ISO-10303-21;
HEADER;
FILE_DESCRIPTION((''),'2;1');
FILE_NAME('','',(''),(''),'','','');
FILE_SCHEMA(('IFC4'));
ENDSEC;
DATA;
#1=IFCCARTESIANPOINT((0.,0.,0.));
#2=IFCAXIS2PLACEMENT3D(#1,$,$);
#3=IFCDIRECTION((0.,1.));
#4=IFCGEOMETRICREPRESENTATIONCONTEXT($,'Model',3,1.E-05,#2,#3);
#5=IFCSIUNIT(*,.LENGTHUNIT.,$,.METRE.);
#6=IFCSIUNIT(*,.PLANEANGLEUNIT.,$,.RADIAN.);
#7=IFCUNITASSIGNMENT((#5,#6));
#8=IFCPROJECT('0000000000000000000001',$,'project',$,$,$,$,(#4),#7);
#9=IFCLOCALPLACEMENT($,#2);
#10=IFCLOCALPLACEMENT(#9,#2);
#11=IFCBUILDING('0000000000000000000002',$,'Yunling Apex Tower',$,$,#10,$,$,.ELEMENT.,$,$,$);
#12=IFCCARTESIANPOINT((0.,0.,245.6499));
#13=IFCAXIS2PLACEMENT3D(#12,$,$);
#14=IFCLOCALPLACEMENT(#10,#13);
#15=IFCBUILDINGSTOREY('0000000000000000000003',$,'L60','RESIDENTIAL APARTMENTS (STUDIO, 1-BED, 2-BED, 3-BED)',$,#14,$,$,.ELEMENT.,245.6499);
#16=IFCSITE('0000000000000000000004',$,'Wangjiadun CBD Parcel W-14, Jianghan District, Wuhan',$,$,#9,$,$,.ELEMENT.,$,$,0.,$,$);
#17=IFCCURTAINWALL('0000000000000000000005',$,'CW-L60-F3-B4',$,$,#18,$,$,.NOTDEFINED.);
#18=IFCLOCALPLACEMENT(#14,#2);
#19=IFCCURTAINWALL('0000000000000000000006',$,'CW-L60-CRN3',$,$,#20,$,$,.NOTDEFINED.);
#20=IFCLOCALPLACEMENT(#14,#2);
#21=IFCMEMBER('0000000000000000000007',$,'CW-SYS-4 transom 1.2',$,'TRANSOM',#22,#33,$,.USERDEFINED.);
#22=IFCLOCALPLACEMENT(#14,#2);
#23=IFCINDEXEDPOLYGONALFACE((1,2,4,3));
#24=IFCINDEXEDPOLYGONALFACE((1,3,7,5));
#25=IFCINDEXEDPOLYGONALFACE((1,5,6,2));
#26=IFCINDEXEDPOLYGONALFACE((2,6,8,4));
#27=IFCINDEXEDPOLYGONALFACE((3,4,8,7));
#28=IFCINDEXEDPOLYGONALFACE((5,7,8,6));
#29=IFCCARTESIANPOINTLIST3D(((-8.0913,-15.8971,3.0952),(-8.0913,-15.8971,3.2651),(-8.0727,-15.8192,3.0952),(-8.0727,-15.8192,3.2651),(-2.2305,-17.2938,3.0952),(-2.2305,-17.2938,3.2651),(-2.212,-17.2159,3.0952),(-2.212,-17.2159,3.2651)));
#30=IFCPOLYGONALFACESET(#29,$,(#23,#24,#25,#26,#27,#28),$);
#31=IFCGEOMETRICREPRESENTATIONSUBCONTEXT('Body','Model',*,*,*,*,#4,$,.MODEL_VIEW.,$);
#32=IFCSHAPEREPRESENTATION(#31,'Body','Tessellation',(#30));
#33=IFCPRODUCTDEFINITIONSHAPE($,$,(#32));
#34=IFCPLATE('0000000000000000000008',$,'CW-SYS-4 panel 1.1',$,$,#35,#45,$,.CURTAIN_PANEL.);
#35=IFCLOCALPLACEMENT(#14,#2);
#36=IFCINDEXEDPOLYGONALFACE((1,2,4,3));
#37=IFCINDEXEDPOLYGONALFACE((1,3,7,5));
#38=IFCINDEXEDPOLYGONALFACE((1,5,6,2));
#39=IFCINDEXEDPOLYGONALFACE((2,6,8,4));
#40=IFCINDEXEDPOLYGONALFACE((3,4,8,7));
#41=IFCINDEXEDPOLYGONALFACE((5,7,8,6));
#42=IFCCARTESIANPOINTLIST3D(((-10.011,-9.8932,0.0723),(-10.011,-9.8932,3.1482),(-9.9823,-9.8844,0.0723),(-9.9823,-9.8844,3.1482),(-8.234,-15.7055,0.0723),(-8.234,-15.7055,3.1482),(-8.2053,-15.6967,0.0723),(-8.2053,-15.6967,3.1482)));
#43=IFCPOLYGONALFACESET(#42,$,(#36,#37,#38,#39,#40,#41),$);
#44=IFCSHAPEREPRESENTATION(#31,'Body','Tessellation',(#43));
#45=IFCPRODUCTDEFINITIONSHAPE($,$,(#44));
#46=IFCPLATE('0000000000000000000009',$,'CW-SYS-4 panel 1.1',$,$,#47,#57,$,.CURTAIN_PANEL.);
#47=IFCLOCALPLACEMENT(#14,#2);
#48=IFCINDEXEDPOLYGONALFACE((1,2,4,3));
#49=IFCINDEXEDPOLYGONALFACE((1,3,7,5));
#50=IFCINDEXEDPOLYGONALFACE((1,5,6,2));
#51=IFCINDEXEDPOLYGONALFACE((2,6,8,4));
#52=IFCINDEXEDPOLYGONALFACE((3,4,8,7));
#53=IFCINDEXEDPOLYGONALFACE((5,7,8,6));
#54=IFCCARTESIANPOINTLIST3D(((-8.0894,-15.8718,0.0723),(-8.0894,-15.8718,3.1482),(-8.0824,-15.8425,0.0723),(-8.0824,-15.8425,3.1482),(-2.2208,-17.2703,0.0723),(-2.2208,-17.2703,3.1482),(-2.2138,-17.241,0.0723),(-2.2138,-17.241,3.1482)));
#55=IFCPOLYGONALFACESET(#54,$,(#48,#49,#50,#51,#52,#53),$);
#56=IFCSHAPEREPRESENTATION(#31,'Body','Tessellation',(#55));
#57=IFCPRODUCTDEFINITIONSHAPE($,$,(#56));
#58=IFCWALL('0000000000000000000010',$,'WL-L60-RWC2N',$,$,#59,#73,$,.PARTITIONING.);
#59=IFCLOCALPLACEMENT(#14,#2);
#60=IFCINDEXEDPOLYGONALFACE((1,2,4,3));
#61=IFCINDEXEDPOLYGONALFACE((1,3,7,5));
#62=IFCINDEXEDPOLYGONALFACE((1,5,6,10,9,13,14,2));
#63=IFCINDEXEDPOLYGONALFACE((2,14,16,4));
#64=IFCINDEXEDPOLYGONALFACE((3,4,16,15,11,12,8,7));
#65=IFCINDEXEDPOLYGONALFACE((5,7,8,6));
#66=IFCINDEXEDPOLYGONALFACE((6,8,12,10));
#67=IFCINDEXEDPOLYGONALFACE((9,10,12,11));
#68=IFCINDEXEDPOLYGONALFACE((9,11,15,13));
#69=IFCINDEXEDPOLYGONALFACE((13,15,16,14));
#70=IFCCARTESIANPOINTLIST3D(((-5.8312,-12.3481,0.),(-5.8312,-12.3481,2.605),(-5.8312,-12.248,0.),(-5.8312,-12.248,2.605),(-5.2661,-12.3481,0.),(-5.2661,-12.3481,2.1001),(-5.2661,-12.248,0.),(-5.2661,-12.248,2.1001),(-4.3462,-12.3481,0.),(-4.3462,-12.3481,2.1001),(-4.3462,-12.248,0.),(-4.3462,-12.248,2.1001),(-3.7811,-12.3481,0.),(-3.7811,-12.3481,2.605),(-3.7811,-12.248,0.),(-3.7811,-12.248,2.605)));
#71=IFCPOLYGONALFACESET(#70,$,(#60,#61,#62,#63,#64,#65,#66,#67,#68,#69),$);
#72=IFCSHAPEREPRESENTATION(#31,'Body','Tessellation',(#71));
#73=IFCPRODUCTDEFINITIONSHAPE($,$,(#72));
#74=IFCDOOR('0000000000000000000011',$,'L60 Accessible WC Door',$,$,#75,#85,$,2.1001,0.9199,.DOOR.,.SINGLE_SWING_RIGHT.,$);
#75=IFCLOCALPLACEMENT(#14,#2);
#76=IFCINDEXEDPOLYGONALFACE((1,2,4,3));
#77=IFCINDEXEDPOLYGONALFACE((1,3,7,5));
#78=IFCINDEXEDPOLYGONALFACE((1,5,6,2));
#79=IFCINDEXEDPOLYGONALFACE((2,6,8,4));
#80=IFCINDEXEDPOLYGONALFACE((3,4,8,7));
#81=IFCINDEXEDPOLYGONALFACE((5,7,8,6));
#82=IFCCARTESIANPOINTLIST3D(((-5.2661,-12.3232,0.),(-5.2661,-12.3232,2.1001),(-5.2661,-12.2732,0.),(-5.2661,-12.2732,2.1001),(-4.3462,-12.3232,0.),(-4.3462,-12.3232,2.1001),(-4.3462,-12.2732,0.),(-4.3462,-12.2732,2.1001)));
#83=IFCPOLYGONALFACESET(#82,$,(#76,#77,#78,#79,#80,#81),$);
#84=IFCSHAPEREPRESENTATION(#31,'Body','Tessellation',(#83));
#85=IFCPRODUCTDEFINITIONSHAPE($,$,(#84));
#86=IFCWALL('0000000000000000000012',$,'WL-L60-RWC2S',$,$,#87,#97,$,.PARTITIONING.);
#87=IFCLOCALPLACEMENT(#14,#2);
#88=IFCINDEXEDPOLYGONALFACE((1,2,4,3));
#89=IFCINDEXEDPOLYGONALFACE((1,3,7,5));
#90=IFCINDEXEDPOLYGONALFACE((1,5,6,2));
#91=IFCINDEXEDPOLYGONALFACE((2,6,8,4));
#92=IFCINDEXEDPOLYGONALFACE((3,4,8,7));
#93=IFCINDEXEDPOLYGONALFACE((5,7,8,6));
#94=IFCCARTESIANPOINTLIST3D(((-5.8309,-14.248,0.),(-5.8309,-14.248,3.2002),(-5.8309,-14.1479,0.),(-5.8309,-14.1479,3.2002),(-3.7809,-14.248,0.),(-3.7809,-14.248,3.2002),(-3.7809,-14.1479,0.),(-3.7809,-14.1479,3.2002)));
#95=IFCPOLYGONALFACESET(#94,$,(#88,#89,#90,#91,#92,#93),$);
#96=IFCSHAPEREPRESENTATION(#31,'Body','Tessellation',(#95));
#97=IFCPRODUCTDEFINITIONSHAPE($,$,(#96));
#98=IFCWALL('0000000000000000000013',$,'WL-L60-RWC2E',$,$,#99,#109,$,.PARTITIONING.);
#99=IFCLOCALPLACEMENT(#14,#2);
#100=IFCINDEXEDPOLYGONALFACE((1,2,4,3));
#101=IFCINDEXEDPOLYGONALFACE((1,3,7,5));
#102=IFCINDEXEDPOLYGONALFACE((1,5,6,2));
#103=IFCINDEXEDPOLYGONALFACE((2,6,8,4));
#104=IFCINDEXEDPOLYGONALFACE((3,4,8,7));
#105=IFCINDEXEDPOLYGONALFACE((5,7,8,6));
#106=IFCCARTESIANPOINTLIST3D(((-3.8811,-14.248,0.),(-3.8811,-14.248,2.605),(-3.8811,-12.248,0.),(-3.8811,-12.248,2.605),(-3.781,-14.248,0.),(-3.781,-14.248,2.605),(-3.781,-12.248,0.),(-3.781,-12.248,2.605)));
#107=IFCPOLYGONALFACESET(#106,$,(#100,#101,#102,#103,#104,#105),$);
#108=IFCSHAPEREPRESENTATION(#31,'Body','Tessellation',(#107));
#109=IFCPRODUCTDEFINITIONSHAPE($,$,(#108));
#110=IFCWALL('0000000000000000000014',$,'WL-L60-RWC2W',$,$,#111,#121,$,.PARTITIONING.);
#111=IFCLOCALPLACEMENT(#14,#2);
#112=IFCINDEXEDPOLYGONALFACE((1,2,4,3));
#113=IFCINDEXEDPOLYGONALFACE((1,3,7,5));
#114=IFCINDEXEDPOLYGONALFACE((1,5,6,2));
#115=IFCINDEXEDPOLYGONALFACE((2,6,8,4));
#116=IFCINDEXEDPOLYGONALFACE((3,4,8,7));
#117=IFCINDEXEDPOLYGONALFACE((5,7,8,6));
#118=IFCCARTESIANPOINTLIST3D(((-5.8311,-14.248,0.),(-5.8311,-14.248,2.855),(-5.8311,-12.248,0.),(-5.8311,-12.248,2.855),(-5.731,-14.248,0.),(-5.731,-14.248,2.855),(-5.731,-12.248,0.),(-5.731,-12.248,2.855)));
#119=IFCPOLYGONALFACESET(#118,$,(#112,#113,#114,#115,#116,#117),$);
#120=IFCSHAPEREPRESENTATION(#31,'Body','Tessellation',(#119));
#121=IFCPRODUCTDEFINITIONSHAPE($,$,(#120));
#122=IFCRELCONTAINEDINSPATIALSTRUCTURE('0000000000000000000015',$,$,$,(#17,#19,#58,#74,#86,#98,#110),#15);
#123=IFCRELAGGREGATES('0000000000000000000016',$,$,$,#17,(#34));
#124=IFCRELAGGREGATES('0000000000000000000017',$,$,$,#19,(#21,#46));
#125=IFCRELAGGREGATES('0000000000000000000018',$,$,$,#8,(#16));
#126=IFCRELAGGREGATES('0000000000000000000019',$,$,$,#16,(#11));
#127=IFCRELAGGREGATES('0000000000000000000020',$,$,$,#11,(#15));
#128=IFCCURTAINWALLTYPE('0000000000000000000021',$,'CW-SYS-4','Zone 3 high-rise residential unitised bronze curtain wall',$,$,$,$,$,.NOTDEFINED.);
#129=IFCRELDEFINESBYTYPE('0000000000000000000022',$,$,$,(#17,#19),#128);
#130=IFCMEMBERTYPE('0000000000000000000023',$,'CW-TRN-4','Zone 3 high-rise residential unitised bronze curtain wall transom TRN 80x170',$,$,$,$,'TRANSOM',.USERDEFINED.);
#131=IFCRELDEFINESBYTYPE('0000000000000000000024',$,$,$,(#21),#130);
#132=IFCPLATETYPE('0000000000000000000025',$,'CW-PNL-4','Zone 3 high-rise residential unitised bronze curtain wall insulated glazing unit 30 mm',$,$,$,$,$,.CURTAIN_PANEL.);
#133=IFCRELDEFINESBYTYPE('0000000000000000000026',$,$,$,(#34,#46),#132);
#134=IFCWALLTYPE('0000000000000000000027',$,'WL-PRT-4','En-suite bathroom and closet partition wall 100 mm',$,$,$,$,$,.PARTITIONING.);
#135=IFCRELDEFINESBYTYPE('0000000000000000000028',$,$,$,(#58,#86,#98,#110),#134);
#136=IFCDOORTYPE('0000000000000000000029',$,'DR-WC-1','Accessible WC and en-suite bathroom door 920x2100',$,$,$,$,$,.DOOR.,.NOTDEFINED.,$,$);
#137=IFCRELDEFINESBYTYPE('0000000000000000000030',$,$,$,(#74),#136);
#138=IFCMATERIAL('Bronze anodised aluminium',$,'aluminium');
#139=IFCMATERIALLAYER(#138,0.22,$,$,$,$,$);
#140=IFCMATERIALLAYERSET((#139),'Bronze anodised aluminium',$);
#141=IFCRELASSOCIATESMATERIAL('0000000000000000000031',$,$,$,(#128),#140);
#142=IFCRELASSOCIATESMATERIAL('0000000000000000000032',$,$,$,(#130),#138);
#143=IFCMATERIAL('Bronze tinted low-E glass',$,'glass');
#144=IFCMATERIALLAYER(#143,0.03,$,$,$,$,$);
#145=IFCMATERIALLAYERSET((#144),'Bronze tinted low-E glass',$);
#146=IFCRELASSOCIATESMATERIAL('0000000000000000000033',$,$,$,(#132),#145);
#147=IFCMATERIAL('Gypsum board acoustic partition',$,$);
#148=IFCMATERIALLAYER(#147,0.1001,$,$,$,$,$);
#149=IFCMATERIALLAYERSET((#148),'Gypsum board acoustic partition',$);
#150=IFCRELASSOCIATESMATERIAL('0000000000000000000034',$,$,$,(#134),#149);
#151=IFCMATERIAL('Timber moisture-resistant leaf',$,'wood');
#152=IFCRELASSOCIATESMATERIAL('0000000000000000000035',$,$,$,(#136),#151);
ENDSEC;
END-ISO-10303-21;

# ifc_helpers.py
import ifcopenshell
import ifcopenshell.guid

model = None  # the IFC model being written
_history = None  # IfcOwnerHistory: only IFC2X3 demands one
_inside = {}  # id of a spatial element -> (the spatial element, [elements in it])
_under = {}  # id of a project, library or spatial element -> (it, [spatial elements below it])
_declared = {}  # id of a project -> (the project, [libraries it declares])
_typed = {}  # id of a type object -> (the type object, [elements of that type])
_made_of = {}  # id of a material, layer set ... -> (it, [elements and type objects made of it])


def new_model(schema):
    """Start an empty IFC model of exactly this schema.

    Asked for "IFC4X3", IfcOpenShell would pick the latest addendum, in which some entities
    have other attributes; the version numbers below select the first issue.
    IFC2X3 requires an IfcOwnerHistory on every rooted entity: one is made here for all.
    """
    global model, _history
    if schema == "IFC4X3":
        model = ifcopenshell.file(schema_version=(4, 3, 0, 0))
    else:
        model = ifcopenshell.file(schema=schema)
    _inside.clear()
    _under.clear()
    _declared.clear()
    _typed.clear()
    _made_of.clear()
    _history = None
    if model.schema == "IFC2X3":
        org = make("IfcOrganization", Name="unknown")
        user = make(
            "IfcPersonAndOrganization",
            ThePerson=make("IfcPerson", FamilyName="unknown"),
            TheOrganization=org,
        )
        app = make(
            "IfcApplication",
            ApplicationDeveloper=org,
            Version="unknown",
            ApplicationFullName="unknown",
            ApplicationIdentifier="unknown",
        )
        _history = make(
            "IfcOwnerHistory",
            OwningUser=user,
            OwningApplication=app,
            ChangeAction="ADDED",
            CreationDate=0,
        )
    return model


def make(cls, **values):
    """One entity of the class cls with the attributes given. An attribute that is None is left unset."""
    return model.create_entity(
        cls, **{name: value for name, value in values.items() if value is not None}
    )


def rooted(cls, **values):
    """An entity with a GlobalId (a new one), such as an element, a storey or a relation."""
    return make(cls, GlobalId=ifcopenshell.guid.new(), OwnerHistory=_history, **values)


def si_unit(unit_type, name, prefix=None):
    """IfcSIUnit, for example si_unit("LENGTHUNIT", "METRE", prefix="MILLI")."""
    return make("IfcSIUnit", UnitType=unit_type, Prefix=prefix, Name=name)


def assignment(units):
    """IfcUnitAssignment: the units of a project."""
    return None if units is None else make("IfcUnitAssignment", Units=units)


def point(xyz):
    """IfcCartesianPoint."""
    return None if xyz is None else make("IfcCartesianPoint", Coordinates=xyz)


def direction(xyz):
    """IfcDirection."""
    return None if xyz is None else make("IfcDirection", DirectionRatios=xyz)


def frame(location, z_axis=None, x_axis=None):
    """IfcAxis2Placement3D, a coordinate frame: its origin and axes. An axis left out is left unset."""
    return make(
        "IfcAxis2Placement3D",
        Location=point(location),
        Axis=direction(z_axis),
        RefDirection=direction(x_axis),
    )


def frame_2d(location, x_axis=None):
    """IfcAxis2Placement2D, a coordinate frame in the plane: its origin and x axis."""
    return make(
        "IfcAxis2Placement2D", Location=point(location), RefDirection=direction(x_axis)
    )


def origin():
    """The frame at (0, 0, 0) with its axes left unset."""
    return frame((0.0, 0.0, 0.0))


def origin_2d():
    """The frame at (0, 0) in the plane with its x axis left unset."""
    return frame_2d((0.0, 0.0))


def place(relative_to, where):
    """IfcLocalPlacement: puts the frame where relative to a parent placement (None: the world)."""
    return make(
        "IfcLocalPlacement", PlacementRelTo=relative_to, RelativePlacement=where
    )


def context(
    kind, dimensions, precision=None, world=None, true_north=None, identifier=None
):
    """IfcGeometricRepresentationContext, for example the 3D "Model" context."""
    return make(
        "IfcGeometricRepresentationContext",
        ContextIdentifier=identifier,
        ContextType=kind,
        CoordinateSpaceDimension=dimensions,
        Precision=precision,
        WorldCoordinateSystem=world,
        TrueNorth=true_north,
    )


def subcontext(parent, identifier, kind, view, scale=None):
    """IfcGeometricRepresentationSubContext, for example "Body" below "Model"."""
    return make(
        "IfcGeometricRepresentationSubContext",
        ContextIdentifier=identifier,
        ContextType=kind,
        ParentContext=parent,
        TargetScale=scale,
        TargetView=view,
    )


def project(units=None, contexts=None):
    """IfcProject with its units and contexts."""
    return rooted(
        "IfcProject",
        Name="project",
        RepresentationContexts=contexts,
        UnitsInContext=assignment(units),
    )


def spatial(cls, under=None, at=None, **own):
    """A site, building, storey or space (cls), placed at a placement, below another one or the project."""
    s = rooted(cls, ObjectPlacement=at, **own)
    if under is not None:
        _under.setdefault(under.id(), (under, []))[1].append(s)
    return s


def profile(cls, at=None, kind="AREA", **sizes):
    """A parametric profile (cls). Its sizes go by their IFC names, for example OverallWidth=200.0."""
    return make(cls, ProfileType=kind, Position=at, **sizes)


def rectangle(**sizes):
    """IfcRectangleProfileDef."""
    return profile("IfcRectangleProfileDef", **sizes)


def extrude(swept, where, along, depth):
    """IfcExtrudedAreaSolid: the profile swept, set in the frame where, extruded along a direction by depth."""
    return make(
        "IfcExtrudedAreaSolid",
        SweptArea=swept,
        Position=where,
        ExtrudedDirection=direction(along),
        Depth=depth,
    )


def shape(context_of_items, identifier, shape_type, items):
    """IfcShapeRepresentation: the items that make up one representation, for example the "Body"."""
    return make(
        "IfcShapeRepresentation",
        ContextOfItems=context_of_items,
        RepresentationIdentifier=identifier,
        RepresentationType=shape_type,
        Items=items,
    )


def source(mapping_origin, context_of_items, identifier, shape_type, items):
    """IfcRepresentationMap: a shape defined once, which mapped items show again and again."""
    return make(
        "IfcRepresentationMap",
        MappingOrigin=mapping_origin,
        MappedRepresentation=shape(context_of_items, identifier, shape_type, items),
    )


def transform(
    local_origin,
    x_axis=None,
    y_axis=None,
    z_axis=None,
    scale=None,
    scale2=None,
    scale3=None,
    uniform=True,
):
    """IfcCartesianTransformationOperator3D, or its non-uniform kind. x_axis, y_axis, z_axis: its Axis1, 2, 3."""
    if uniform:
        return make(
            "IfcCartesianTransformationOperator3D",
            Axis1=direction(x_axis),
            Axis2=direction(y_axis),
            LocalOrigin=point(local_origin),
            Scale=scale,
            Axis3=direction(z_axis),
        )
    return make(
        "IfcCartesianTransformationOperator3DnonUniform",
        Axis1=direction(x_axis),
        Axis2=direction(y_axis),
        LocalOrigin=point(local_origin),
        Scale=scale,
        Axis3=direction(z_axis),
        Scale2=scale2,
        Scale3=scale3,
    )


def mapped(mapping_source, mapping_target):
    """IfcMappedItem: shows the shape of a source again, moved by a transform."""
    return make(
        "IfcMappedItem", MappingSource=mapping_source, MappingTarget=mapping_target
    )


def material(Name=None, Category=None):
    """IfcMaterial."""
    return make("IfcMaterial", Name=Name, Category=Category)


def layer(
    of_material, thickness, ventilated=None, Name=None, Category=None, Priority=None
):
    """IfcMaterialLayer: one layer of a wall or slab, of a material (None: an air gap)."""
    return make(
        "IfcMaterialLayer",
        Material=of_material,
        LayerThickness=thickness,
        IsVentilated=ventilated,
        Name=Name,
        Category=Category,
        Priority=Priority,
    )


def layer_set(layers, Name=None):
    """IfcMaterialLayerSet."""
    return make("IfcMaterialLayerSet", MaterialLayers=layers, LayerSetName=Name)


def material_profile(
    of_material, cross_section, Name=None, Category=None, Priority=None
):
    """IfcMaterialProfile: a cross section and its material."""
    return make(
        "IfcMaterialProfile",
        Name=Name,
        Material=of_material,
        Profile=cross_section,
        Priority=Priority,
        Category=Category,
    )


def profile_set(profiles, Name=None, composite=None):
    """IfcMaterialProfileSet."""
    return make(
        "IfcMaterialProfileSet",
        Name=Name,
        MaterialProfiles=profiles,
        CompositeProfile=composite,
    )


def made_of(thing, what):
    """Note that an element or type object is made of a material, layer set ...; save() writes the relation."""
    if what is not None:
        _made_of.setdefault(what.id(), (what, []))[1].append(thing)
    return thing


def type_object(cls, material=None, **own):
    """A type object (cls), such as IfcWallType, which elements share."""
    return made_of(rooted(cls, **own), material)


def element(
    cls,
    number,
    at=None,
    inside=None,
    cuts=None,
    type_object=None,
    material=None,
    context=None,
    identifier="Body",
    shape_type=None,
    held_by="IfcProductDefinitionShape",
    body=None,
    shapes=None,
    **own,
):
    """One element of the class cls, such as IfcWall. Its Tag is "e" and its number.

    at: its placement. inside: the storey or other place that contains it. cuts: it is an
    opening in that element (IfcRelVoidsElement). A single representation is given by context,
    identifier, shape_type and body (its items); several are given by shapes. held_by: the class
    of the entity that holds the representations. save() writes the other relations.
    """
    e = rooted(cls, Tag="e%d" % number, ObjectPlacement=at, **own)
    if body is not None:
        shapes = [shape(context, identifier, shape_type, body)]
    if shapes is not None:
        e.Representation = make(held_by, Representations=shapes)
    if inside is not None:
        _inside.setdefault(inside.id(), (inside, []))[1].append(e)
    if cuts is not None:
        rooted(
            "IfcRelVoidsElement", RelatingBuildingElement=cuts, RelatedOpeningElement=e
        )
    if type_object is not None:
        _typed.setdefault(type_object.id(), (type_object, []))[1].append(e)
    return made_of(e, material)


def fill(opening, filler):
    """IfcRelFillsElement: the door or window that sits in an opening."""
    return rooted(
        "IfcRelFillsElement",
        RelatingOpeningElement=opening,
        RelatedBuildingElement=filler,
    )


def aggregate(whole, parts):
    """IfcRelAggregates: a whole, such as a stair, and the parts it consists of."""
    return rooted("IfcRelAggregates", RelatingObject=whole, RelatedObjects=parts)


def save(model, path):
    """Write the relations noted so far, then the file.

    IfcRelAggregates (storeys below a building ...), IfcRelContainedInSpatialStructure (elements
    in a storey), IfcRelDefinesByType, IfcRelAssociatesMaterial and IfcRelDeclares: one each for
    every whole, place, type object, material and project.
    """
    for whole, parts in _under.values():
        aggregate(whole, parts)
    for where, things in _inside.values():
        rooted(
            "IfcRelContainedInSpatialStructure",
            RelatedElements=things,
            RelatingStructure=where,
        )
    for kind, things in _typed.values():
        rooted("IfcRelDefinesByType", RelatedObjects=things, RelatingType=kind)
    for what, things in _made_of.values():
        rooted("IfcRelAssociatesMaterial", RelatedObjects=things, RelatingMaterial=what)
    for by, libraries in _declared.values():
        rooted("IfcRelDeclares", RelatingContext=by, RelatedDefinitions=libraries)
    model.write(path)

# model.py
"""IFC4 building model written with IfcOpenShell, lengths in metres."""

from ifc_helpers import new_model, si_unit, direction, frame, frame_2d, origin, origin_2d, place, context, subcontext, project, spatial, rectangle, extrude, source, transform, mapped, material, layer, layer_set, material_profile, profile_set, type_object, element, fill, aggregate, save


model = new_model("IFC4")

# Units and contexts
model_context = context("Model", 3, precision=1e-05, world=origin(), true_north=direction((0.0, 1.0)))
body_context = subcontext(model_context, "Body", "Model", "MODEL_VIEW")
ifc_project = project(units=[si_unit("LENGTHUNIT", "METRE"), si_unit("PLANEANGLEUNIT", "RADIAN")], contexts=[model_context])

# Site, building, storey
site_placement = place(None, origin())
site = spatial("IfcSite", under=ifc_project, at=site_placement, Name="Wangjiadun CBD Parcel W-14, Jianghan District, Wuhan", CompositionType="ELEMENT", RefElevation=0.0)
building_placement = place(site_placement, origin())
building = spatial("IfcBuilding", under=site, at=building_placement, Name="Yunling Apex Tower", CompositionType="ELEMENT")
storey_placement = place(building_placement, frame((0.0, 0.0, 245.6499)))
storey = spatial("IfcBuildingStorey", under=building, at=storey_placement, Name="L60", Description="RESIDENTIAL APARTMENTS (STUDIO, 1-BED, 2-BED, 3-BED)", CompositionType="ELEMENT", Elevation=245.6499)

# Curtain wall
ifc_material_1 = material(Name="Bronze anodised aluminium", Category="aluminium")
ifc_layer_1 = layer(ifc_material_1, 0.22)
ifc_layer_set_1 = layer_set([ifc_layer_1], Name="Bronze anodised aluminium")
curtain_wall_type = type_object("IfcCurtainWallType", Name="CW-SYS-4", Description="Zone 3 high-rise residential unitised bronze curtain wall", PredefinedType="NOTDEFINED", material=ifc_layer_set_1)
curtain_wall_1_placement = place(storey_placement, origin())
curtain_wall_1 = element("IfcCurtainWall", 1, at=curtain_wall_1_placement, inside=storey, type_object=curtain_wall_type, Name="CW-L60-F3-B4", PredefinedType="NOTDEFINED")

# Curtain wall, member
curtain_wall_2_placement = place(storey_placement, origin())
curtain_wall_2 = element("IfcCurtainWall", 2, at=curtain_wall_2_placement, inside=storey, type_object=curtain_wall_type, Name="CW-L60-CRN3", PredefinedType="NOTDEFINED")
ifc_material_profile_1 = material_profile(ifc_material_1, rectangle(XDim=0.0801, YDim=0.1699, at=origin_2d()))
ifc_profile_set_1 = profile_set([ifc_material_profile_1], Name="Bronze anodised aluminium")
member_type_1 = type_object("IfcMemberType", Name="CW-TRN-4", Description="Zone 3 high-rise residential unitised bronze curtain wall transom TRN 80x170", ElementType="TRANSOM", PredefinedType="USERDEFINED", material=ifc_profile_set_1)
shared_shape_1 = source(origin(), body_context, "Body", "SweptSolid", [
    extrude(rectangle(XDim=0.0801, YDim=0.1699, at=origin_2d()), origin(), (0.0, 0.0, 1.0), 6.0249),
])
member_1_placement = place(storey_placement, frame((-8.082, -15.8582, 3.1802), z_axis=(0.972758, -0.231823, 0.0), x_axis=(0.231823, 0.972758, 0.0)))
member_1 = element("IfcMember", 3, at=member_1_placement, type_object=member_type_1, Name="CW-SYS-4 transom 1.2", ObjectType="TRANSOM", PredefinedType="USERDEFINED", context=body_context, shape_type="MappedRepresentation", body=[
    mapped(shared_shape_1, transform((0.0, 0.0, 0.0), scale=1.0)),
])

# Plates
ifc_material_2 = material(Name="Bronze tinted low-E glass", Category="glass")
ifc_layer_2 = layer(ifc_material_2, 0.03)
ifc_layer_set_2 = layer_set([ifc_layer_2], Name="Bronze tinted low-E glass")
plate_type = type_object("IfcPlateType", Name="CW-PNL-4", Description="Zone 3 high-rise residential unitised bronze curtain wall insulated glazing unit 30 mm", PredefinedType="CURTAIN_PANEL", material=ifc_layer_set_2)
shared_shape_2 = source(origin(), body_context, "Body", "SweptSolid", [
    extrude(rectangle(XDim=6.0779, YDim=0.03, at=origin_2d()), origin(), (0.0, 0.0, 1.0), 3.0759),
])
plate_1_placement = place(storey_placement, frame((-9.1082, -12.7949, 0.0723), z_axis=(0.0, 0.0, 1.0), x_axis=(0.292372, -0.956305, 0.0)))
plate_1 = element("IfcPlate", 4, at=plate_1_placement, type_object=plate_type, Name="CW-SYS-4 panel 1.1", PredefinedType="CURTAIN_PANEL", context=body_context, shape_type="MappedRepresentation", body=[
    mapped(shared_shape_2, transform((0.0, 0.0, 0.0), scale=1.0)),
])
aggregate(curtain_wall_1, [plate_1])
shared_shape_3 = source(origin(), body_context, "Body", "SweptSolid", [
    extrude(rectangle(XDim=6.033, YDim=0.03, at=origin_2d()), origin(), (0.0, 0.0, 1.0), 3.0759),
])
plate_2_placement = place(storey_placement, frame((-5.1516, -16.5564, 0.0723), z_axis=(0.0, 0.0, 1.0), x_axis=(0.972761, -0.231809, 0.0)))
plate_2 = element("IfcPlate", 5, at=plate_2_placement, type_object=plate_type, Name="CW-SYS-4 panel 1.1", PredefinedType="CURTAIN_PANEL", context=body_context, shape_type="MappedRepresentation", body=[
    mapped(shared_shape_3, transform((0.0, 0.0, 0.0), scale=1.0)),
])
aggregate(curtain_wall_2, [member_1, plate_2])

# Wall, opening, door
ifc_material_3 = material(Name="Gypsum board acoustic partition")
ifc_layer_3 = layer(ifc_material_3, 0.1001)
ifc_layer_set_3 = layer_set([ifc_layer_3], Name="Gypsum board acoustic partition")
wall_type = type_object("IfcWallType", Name="WL-PRT-4", Description="En-suite bathroom and closet partition wall 100 mm", PredefinedType="PARTITIONING", material=ifc_layer_set_3)
wall_1_placement = place(storey_placement, frame((-5.8311, -12.2981, 0.0), z_axis=(0.0, 0.0, 1.0), x_axis=(1.0, 0.0, 0.0)))
wall_1 = element("IfcWall", 6, at=wall_1_placement, inside=storey, type_object=wall_type, Name="WL-L60-RWC2N", PredefinedType="PARTITIONING", context=body_context, shape_type="SweptSolid", body=[
    extrude(rectangle(XDim=2.05, YDim=0.1001, at=frame_2d((1.0249, 0.0))), origin(), (0.0, 0.0, 1.0), 2.605),
])
opening_placement = place(wall_1_placement, frame((0.5649, 0.0, 0.0)))
opening = element("IfcOpeningElement", 7, at=opening_placement, cuts=wall_1, PredefinedType="OPENING", context=body_context, shape_type="SweptSolid", body=[
    extrude(rectangle(XDim=0.9199, YDim=2.1001, at=frame_2d((0.46, 1.05))), frame((0.0, 0.0601, 0.0), z_axis=(0.0, -1.0, 0.0), x_axis=(1.0, 0.0, 0.0)), (0.0, 0.0, 1.0), 0.1201),
])
ifc_material_4 = material(Name="Timber moisture-resistant leaf", Category="wood")
door_type = type_object("IfcDoorType", Name="DR-WC-1", Description="Accessible WC and en-suite bathroom door 920x2100", OperationType="NOTDEFINED", PredefinedType="DOOR", material=ifc_material_4)
door_placement = place(opening_placement, origin())
door = element("IfcDoor", 8, at=door_placement, inside=storey, type_object=door_type, Name="L60 Accessible WC Door", OperationType="SINGLE_SWING_RIGHT", OverallHeight=2.1001, OverallWidth=0.9199, PredefinedType="DOOR", context=body_context, shape_type="SweptSolid", body=[
    extrude(rectangle(XDim=0.9199, YDim=2.1001, at=frame_2d((0.46, 1.05))), frame((0.0, 0.0249, 0.0), z_axis=(0.0, -1.0, 0.0), x_axis=(1.0, 0.0, 0.0)), (0.0, 0.0, 1.0), 0.05),
])
fill(opening, door)

# Walls
wall_2_placement = place(storey_placement, frame((-3.781, -14.198, 0.0), z_axis=(0.0, 0.0, 1.0), x_axis=(-1.0, 0.0, 0.0)))
element("IfcWall", 9, at=wall_2_placement, inside=storey, type_object=wall_type, Name="WL-L60-RWC2S", PredefinedType="PARTITIONING", context=body_context, shape_type="SweptSolid", body=[
    extrude(rectangle(XDim=2.05, YDim=0.1001, at=frame_2d((1.0249, 0.0))), origin(), (0.0, 0.0, 1.0), 3.2002),
])
wall_3_placement = place(storey_placement, frame((-3.8311, -12.248, 0.0), z_axis=(0.0, 0.0, 1.0), x_axis=(0.0, -1.0, 0.0)))
element("IfcWall", 10, at=wall_3_placement, inside=storey, type_object=wall_type, Name="WL-L60-RWC2E", PredefinedType="PARTITIONING", context=body_context, shape_type="SweptSolid", body=[
    extrude(rectangle(XDim=2.0, YDim=0.1001, at=frame_2d((1.0, 0.0))), origin(), (0.0, 0.0, 1.0), 2.605),
])
wall_4_placement = place(storey_placement, frame((-5.781, -14.248, 0.0), z_axis=(0.0, 0.0, 1.0), x_axis=(0.0, 1.0, 0.0)))
element("IfcWall", 11, at=wall_4_placement, inside=storey, type_object=wall_type, Name="WL-L60-RWC2W", PredefinedType="PARTITIONING", context=body_context, shape_type="SweptSolid", body=[
    extrude(rectangle(XDim=2.0, YDim=0.1001, at=frame_2d((1.0, 0.0))), origin(), (0.0, 0.0, 1.0), 2.855),
])

save(model, "model.ifc")
